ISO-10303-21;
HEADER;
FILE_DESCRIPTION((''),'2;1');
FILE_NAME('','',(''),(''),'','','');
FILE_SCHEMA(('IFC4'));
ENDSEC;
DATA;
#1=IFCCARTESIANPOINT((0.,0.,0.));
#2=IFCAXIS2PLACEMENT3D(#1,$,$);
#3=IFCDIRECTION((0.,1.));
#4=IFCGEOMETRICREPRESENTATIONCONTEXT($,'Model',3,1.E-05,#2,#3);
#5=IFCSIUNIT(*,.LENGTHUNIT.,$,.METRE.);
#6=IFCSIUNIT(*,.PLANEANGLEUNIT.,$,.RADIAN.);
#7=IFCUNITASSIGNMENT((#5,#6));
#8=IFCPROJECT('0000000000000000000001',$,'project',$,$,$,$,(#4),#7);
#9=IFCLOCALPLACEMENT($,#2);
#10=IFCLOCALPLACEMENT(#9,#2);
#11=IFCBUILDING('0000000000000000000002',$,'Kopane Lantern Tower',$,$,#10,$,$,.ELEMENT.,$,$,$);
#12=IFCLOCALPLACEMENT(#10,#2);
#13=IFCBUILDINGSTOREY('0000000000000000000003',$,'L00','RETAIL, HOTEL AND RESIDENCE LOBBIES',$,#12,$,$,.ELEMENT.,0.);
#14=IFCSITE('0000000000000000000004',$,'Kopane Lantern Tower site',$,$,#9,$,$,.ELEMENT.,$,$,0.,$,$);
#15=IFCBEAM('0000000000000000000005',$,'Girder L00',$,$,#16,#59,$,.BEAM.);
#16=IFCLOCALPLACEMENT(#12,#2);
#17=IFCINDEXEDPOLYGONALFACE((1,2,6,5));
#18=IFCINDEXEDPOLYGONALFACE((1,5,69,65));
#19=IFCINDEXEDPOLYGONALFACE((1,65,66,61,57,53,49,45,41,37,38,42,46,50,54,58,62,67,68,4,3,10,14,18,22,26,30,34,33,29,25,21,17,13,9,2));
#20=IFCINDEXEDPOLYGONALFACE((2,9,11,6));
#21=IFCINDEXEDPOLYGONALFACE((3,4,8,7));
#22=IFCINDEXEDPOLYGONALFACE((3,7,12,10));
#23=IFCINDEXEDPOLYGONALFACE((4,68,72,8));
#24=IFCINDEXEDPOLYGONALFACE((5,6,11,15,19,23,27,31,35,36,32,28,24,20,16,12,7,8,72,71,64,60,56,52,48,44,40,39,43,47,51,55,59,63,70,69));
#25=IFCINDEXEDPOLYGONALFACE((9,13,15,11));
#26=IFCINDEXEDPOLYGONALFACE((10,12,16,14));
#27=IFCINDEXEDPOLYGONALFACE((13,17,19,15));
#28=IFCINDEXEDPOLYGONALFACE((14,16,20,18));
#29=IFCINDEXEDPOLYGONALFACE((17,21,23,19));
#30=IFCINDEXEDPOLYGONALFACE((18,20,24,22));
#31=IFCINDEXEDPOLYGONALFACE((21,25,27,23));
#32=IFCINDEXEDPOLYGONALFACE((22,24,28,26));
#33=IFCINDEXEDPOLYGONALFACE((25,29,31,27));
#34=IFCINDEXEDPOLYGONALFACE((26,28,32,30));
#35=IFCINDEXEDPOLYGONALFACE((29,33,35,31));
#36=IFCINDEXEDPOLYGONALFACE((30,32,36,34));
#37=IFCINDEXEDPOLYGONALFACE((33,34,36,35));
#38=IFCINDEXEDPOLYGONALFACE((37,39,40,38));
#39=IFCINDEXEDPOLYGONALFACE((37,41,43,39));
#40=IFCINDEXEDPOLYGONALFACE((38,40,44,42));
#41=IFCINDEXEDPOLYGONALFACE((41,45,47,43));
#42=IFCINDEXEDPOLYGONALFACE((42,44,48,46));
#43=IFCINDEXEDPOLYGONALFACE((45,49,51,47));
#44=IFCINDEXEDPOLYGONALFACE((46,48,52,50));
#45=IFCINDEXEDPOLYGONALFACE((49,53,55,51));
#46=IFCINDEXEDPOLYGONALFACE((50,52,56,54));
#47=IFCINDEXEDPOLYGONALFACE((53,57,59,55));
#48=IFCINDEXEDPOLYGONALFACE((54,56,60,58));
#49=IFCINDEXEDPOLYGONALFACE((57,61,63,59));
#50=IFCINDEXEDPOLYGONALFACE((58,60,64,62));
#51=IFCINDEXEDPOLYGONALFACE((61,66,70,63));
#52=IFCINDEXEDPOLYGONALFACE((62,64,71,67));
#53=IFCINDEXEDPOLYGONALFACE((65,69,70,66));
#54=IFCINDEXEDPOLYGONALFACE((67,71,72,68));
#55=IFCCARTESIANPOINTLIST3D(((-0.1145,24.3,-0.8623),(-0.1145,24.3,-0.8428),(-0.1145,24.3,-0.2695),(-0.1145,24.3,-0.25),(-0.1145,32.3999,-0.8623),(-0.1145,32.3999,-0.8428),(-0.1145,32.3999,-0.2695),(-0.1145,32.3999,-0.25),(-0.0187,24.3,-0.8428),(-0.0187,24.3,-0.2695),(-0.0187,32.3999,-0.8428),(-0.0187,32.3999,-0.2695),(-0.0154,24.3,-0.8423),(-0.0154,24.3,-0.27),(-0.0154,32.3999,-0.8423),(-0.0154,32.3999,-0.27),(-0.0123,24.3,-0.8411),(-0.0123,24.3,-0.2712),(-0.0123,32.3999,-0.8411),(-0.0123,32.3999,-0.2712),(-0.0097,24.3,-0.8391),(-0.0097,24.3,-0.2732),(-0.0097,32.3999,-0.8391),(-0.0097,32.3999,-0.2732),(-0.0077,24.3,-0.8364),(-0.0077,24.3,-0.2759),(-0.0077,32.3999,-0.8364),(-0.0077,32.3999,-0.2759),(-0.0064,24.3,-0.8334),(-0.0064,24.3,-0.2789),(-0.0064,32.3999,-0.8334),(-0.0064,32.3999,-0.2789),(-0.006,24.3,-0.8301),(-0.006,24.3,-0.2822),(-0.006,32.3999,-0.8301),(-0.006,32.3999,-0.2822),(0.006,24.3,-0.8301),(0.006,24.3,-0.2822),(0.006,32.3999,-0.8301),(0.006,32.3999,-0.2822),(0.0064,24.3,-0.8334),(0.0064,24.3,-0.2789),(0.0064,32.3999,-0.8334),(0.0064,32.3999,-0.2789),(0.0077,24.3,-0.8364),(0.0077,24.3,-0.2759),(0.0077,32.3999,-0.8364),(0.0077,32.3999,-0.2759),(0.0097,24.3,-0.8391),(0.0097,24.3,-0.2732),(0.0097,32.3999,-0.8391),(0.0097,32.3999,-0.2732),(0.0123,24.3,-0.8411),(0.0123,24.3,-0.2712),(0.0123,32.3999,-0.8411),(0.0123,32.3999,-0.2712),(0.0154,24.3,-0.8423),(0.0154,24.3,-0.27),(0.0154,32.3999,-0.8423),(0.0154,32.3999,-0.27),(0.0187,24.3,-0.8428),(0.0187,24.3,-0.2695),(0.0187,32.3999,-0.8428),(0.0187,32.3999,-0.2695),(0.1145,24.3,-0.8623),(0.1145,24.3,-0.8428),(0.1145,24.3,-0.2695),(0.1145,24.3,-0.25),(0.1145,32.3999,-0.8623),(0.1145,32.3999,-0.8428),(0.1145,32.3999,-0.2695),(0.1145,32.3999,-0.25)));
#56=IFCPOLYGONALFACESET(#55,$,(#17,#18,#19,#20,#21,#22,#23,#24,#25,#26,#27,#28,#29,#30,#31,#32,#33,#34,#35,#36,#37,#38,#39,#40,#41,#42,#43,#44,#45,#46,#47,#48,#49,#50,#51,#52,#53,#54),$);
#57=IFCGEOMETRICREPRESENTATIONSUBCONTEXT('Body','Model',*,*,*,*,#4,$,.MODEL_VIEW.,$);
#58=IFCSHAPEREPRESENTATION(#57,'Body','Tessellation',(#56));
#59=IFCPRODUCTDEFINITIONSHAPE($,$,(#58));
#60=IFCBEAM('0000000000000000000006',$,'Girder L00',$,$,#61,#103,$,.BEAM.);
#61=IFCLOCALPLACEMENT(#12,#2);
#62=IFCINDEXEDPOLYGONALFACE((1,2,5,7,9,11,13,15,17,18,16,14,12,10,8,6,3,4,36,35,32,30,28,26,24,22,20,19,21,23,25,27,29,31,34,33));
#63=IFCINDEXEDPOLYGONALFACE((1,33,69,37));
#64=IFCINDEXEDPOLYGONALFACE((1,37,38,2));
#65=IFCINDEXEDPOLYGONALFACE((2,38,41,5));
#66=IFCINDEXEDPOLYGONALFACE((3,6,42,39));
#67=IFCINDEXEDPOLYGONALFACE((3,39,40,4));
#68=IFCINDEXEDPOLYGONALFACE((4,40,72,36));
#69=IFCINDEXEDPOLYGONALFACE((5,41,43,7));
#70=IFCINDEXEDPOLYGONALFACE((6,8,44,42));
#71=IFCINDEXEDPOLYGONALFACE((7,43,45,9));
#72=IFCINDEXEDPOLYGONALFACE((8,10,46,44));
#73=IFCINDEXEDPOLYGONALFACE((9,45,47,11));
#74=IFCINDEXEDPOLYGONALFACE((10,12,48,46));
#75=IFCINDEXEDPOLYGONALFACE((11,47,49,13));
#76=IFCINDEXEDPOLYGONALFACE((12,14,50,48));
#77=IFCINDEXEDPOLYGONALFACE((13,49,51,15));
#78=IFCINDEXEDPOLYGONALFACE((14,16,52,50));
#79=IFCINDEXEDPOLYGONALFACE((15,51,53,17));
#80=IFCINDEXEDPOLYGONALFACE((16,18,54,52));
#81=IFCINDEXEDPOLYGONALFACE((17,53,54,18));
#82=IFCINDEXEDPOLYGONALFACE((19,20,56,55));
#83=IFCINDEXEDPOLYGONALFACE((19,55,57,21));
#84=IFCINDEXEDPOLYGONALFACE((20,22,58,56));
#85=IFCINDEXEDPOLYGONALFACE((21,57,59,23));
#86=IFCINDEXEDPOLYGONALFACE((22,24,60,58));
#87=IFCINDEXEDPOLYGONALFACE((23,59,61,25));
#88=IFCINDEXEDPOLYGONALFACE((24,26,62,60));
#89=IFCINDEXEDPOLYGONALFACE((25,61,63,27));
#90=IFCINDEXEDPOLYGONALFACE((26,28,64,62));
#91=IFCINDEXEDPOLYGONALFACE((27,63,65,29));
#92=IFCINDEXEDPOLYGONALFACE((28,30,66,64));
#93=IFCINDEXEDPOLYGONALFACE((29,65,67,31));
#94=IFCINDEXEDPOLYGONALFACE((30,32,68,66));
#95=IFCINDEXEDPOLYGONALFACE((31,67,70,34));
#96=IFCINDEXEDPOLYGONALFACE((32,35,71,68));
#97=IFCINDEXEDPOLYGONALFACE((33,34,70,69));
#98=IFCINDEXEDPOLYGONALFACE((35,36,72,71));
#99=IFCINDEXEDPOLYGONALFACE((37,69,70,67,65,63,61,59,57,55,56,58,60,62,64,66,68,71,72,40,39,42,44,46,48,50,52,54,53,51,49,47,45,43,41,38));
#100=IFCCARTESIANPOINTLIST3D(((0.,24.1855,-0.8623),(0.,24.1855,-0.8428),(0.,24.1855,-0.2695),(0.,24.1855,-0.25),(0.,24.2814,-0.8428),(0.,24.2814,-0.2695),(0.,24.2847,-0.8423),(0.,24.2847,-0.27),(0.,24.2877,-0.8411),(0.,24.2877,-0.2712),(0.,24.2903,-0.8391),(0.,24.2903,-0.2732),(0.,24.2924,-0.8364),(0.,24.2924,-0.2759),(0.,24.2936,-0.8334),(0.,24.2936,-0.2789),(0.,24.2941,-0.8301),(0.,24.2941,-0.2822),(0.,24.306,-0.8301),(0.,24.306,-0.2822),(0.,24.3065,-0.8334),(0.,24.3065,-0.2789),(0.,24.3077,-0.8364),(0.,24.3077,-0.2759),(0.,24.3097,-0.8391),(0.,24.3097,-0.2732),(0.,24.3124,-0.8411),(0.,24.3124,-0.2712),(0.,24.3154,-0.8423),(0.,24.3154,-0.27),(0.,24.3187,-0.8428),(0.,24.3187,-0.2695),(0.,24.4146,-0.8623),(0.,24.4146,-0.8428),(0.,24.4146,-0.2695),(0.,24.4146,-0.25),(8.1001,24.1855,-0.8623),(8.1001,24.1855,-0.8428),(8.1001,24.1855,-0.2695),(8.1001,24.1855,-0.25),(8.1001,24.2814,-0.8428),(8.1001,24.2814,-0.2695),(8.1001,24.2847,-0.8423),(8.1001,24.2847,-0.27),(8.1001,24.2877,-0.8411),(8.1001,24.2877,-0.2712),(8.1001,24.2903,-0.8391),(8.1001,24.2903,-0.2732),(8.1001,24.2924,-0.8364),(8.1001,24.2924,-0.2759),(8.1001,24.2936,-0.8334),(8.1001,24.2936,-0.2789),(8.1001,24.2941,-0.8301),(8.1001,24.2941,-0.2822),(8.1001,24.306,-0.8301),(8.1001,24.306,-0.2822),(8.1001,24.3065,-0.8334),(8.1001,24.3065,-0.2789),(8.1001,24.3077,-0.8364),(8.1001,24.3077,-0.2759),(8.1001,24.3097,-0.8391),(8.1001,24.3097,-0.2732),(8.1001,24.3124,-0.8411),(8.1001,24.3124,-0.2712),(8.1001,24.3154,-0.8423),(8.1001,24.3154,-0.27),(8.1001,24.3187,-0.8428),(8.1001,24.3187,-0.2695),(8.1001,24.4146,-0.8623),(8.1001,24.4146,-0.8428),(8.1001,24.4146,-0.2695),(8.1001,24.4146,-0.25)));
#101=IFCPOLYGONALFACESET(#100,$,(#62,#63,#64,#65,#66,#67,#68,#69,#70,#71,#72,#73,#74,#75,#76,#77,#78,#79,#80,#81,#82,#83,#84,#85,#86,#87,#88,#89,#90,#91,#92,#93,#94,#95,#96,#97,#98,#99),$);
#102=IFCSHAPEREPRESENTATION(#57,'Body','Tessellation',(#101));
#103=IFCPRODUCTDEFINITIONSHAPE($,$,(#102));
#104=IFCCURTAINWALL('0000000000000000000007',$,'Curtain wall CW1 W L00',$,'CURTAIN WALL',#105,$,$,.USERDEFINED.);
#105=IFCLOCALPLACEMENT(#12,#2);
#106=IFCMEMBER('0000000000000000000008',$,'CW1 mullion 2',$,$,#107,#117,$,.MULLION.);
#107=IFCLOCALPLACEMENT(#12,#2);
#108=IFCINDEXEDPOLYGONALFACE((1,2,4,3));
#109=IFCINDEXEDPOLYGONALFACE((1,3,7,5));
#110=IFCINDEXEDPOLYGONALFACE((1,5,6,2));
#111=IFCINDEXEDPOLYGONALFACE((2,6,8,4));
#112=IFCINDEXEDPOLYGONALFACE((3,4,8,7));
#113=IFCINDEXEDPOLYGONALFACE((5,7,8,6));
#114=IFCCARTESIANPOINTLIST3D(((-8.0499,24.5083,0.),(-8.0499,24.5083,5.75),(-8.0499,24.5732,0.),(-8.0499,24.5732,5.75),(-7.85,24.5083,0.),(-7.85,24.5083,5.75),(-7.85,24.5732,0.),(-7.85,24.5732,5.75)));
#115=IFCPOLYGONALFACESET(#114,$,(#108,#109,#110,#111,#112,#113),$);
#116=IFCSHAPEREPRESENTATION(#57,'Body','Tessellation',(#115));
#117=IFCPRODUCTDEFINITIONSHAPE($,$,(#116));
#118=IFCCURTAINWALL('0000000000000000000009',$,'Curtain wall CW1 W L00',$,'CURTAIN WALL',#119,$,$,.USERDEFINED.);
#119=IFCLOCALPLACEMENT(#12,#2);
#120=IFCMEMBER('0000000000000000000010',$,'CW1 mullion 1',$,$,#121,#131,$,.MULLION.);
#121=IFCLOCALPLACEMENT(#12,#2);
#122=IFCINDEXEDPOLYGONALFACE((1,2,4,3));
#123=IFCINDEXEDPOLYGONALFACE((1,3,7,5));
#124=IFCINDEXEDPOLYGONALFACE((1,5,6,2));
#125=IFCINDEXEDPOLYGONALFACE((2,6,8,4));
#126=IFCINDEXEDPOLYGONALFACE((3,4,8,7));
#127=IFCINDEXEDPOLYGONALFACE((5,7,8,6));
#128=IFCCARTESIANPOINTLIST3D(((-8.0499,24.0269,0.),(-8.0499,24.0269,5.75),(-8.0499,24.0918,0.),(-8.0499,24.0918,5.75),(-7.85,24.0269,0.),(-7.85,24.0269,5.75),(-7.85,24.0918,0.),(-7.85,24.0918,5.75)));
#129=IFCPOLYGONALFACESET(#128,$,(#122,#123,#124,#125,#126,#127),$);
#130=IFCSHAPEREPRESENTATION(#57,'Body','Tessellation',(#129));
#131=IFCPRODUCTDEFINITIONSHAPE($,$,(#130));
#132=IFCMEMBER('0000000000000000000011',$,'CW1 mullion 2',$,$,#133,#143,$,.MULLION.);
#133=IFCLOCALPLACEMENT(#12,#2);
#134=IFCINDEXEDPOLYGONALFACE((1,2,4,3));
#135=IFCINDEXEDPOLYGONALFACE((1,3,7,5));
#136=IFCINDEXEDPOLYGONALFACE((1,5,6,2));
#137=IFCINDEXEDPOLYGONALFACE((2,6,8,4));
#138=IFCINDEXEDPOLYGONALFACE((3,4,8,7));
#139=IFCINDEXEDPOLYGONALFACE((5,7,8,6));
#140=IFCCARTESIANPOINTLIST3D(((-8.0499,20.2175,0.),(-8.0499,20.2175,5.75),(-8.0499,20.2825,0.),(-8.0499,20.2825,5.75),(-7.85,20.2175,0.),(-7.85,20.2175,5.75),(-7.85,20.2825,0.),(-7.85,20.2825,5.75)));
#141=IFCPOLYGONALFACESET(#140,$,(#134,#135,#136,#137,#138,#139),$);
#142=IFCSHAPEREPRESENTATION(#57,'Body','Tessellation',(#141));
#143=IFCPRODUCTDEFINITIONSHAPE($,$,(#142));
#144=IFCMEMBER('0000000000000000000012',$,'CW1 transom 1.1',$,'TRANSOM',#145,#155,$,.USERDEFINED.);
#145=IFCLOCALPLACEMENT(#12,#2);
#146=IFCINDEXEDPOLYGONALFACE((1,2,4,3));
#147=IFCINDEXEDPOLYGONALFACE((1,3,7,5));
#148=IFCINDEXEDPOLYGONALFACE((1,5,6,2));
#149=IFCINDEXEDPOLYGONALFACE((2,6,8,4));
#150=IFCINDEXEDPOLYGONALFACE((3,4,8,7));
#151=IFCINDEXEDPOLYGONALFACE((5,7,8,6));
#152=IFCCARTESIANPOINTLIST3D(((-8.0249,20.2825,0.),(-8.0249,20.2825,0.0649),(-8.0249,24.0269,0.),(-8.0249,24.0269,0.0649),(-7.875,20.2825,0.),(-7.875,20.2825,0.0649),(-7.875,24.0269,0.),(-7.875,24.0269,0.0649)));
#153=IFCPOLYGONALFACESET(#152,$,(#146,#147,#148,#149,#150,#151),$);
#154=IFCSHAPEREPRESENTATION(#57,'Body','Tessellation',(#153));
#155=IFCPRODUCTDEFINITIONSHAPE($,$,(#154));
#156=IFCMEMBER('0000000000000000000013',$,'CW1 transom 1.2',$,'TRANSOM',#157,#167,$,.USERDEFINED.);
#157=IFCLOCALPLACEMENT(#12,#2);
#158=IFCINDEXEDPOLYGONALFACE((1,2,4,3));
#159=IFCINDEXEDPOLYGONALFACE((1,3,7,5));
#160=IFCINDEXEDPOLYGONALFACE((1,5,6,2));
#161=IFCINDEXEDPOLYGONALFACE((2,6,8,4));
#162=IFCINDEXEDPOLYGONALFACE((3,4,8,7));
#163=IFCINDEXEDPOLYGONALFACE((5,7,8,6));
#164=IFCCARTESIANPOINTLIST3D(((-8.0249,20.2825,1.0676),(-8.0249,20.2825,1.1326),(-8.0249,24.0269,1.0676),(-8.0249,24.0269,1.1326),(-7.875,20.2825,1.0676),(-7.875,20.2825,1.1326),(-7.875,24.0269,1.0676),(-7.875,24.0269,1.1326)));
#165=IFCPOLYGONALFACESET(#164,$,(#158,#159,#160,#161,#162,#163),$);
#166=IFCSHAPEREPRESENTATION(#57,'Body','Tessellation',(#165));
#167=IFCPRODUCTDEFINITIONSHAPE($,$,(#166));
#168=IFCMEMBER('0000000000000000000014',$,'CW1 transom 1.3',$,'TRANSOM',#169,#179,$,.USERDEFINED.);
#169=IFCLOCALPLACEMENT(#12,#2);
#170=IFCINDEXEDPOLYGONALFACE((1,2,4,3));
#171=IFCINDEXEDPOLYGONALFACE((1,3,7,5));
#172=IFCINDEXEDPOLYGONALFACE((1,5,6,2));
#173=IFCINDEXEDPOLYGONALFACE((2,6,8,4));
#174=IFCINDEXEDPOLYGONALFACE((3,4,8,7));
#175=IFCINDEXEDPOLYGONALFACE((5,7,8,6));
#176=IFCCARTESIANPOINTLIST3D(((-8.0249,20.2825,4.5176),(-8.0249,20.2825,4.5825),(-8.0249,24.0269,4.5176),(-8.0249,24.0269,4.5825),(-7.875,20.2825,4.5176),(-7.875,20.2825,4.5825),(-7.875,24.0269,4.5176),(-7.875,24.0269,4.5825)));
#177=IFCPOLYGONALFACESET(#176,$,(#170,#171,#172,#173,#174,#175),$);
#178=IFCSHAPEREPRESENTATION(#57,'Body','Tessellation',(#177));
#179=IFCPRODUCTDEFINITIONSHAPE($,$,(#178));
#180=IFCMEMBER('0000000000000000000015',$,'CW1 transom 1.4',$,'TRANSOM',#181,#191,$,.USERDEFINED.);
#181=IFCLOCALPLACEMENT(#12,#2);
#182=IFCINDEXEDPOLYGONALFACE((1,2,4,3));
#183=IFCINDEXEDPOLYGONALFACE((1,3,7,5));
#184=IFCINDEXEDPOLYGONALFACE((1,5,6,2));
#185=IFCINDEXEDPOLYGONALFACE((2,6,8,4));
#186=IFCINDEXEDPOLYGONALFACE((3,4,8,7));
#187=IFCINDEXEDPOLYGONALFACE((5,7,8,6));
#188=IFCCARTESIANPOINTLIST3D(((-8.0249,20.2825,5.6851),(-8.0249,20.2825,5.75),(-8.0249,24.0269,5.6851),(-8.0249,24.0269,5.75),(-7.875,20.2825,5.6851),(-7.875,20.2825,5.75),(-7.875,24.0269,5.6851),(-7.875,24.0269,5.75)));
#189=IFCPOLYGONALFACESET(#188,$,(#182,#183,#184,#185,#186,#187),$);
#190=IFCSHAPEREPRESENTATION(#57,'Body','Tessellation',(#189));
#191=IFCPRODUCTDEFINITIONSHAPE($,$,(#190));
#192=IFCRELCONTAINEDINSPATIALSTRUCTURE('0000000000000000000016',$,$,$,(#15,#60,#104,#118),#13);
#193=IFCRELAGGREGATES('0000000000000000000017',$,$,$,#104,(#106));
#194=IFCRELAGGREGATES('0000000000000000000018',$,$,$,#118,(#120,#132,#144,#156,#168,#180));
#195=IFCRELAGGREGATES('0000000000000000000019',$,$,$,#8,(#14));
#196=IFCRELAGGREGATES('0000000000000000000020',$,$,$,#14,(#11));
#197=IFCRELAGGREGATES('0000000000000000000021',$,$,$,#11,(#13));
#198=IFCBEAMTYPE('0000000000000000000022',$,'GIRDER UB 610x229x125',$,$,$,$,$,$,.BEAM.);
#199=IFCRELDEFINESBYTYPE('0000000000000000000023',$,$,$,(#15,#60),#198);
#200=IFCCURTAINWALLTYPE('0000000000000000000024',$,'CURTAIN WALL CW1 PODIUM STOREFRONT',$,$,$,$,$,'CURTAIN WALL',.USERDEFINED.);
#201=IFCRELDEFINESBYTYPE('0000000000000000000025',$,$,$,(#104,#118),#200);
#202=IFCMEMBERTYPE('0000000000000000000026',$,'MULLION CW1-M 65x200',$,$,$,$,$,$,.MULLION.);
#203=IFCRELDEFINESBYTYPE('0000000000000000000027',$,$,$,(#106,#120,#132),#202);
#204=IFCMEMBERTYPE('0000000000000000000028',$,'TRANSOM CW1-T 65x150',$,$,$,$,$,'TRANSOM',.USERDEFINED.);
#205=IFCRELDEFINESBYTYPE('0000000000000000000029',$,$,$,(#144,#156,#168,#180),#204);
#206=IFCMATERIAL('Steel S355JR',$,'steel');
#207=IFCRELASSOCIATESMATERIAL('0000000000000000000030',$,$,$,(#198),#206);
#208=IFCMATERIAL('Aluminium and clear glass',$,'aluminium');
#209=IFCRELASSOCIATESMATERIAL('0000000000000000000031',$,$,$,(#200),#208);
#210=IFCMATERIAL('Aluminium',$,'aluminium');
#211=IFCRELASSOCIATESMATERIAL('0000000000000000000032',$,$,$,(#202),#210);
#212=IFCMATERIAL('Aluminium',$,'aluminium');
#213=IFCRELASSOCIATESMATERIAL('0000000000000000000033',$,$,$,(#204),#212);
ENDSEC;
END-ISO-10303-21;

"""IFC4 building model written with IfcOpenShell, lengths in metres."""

from ifc_helpers import new_model, si_unit, direction, frame, origin, origin_2d, place, context, subcontext, project, spatial, rectangle, i_section, extrude, material, material_profile, profile_set, type_object, element, aggregate, save


model = new_model("IFC4")

# Units and contexts
model_context = context("Model", 3, precision=1e-05, world=origin(), true_north=direction((0.0, 1.0)))
body_context = subcontext(model_context, "Body", "Model", "MODEL_VIEW")
ifc_project = project(units=[si_unit("LENGTHUNIT", "METRE"), si_unit("PLANEANGLEUNIT", "RADIAN")], contexts=[model_context])

# Site, building, storey
site_placement = place(None, origin())
site = spatial("IfcSite", under=ifc_project, at=site_placement, Name="Kopane Lantern Tower site", CompositionType="ELEMENT", RefElevation=0.0)
building_placement = place(site_placement, origin())
building = spatial("IfcBuilding", under=site, at=building_placement, Name="Kopane Lantern Tower", CompositionType="ELEMENT")
storey_placement = place(building_placement, origin())
storey = spatial("IfcBuildingStorey", under=building, at=storey_placement, Name="L00", Description="RETAIL, HOTEL AND RESIDENCE LOBBIES", CompositionType="ELEMENT", Elevation=0.0)

# Beams
ifc_material_1 = material(Name="Steel S355JR", Category="steel")
ifc_material_profile_1 = material_profile(ifc_material_1, i_section(OverallWidth=0.229, OverallDepth=0.6123, WebThickness=0.012, FlangeThickness=0.0195, FilletRadius=0.0127, at=origin_2d()), Name="UB 610x229x125")
ifc_profile_set_1 = profile_set([ifc_material_profile_1], Name="Steel S355JR")
beam_type = type_object("IfcBeamType", Name="GIRDER UB 610x229x125", PredefinedType="BEAM", material=ifc_profile_set_1)
beam_1_placement = place(storey_placement, frame((0.0, 24.3, -0.5562), z_axis=(0.0, 1.0, 0.0), x_axis=(-1.0, 0.0, 0.0)))
element("IfcBeam", 1, at=beam_1_placement, inside=storey, type_object=beam_type, Name="Girder L00", PredefinedType="BEAM", context=body_context, shape_type="SweptSolid", body=[
    extrude(i_section(OverallWidth=0.229, OverallDepth=0.6123, WebThickness=0.012, FlangeThickness=0.0195, FilletRadius=0.0127, at=origin_2d()), origin(), (0.0, 0.0, 1.0), 8.0999),
])
beam_2_placement = place(storey_placement, frame((0.0, 24.3, -0.5562), z_axis=(1.0, 0.0, 0.0), x_axis=(0.0, 1.0, 0.0)))
element("IfcBeam", 2, at=beam_2_placement, inside=storey, type_object=beam_type, Name="Girder L00", PredefinedType="BEAM", context=body_context, shape_type="SweptSolid", body=[
    extrude(i_section(OverallWidth=0.229, OverallDepth=0.6123, WebThickness=0.012, FlangeThickness=0.0195, FilletRadius=0.0127, at=origin_2d()), origin(), (0.0, 0.0, 1.0), 8.1001),
])

# Curtain wall, member
ifc_material_2 = material(Name="Aluminium and clear glass", Category="aluminium")
curtain_wall_type = type_object("IfcCurtainWallType", Name="CURTAIN WALL CW1 PODIUM STOREFRONT", ElementType="CURTAIN WALL", PredefinedType="USERDEFINED", material=ifc_material_2)
curtain_wall_1_placement = place(storey_placement, origin())
curtain_wall_1 = element("IfcCurtainWall", 3, at=curtain_wall_1_placement, inside=storey, type_object=curtain_wall_type, Name="Curtain wall CW1 W L00", ObjectType="CURTAIN WALL", PredefinedType="USERDEFINED")
ifc_material_3 = material(Name="Aluminium", Category="aluminium")
ifc_material_profile_2 = material_profile(ifc_material_3, rectangle(XDim=0.0649, YDim=0.2, at=origin_2d()), Name="AL 65x200")
ifc_profile_set_2 = profile_set([ifc_material_profile_2], Name="Aluminium")
member_type_1 = type_object("IfcMemberType", Name="MULLION CW1-M 65x200", PredefinedType="MULLION", material=ifc_profile_set_2)
member_1_placement = place(storey_placement, frame((-7.95, 24.5408, 0.0), z_axis=(0.0, 0.0, 1.0), x_axis=(0.0, -1.0, 0.0)))
member_1 = element("IfcMember", 4, at=member_1_placement, type_object=member_type_1, Name="CW1 mullion 2", PredefinedType="MULLION", context=body_context, shape_type="SweptSolid", body=[
    extrude(rectangle(XDim=0.0649, YDim=0.2, at=origin_2d()), origin(), (0.0, 0.0, 1.0), 5.75),
])
aggregate(curtain_wall_1, [member_1])

# Curtain wall, members
curtain_wall_2_placement = place(storey_placement, origin())
curtain_wall_2 = element("IfcCurtainWall", 5, at=curtain_wall_2_placement, inside=storey, type_object=curtain_wall_type, Name="Curtain wall CW1 W L00", ObjectType="CURTAIN WALL", PredefinedType="USERDEFINED")
member_2_placement = place(storey_placement, frame((-7.95, 24.0593, 0.0), z_axis=(0.0, 0.0, 1.0), x_axis=(0.0, -1.0, 0.0)))
member_2 = element("IfcMember", 6, at=member_2_placement, type_object=member_type_1, Name="CW1 mullion 1", PredefinedType="MULLION", context=body_context, shape_type="SweptSolid", body=[
    extrude(rectangle(XDim=0.0649, YDim=0.2, at=origin_2d()), origin(), (0.0, 0.0, 1.0), 5.75),
])
member_3_placement = place(storey_placement, frame((-7.95, 20.25, 0.0), z_axis=(0.0, 0.0, 1.0), x_axis=(0.0, -1.0, 0.0)))
member_3 = element("IfcMember", 7, at=member_3_placement, type_object=member_type_1, Name="CW1 mullion 2", PredefinedType="MULLION", context=body_context, shape_type="SweptSolid", body=[
    extrude(rectangle(XDim=0.0649, YDim=0.2, at=origin_2d()), origin(), (0.0, 0.0, 1.0), 5.75),
])
ifc_material_4 = material(Name="Aluminium", Category="aluminium")
ifc_material_profile_3 = material_profile(ifc_material_4, rectangle(XDim=0.1499, YDim=0.0649, at=origin_2d()), Name="AL 150x65")
ifc_profile_set_3 = profile_set([ifc_material_profile_3], Name="Aluminium")
member_type_2 = type_object("IfcMemberType", Name="TRANSOM CW1-T 65x150", ElementType="TRANSOM", PredefinedType="USERDEFINED", material=ifc_profile_set_3)
member_4_placement = place(storey_placement, frame((-7.95, 24.0269, 0.0325), z_axis=(0.0, -1.0, 0.0), x_axis=(1.0, 0.0, 0.0)))
member_4 = element("IfcMember", 8, at=member_4_placement, type_object=member_type_2, Name="CW1 transom 1.1", ObjectType="TRANSOM", PredefinedType="USERDEFINED", context=body_context, shape_type="SweptSolid", body=[
    extrude(rectangle(XDim=0.1499, YDim=0.0649, at=origin_2d()), origin(), (0.0, 0.0, 1.0), 3.7444),
])
member_5_placement = place(storey_placement, frame((-7.95, 24.0269, 1.1001), z_axis=(0.0, -1.0, 0.0), x_axis=(1.0, 0.0, 0.0)))
member_5 = element("IfcMember", 9, at=member_5_placement, type_object=member_type_2, Name="CW1 transom 1.2", ObjectType="TRANSOM", PredefinedType="USERDEFINED", context=body_context, shape_type="SweptSolid", body=[
    extrude(rectangle(XDim=0.1499, YDim=0.0649, at=origin_2d()), origin(), (0.0, 0.0, 1.0), 3.7444),
])
member_6_placement = place(storey_placement, frame((-7.95, 24.0269, 4.55), z_axis=(0.0, -1.0, 0.0), x_axis=(1.0, 0.0, 0.0)))
member_6 = element("IfcMember", 10, at=member_6_placement, type_object=member_type_2, Name="CW1 transom 1.3", ObjectType="TRANSOM", PredefinedType="USERDEFINED", context=body_context, shape_type="SweptSolid", body=[
    extrude(rectangle(XDim=0.1499, YDim=0.0649, at=origin_2d()), origin(), (0.0, 0.0, 1.0), 3.7444),
])
member_7_placement = place(storey_placement, frame((-7.95, 24.0269, 5.7175), z_axis=(0.0, -1.0, 0.0), x_axis=(1.0, 0.0, 0.0)))
member_7 = element("IfcMember", 11, at=member_7_placement, type_object=member_type_2, Name="CW1 transom 1.4", ObjectType="TRANSOM", PredefinedType="USERDEFINED", context=body_context, shape_type="SweptSolid", body=[
    extrude(rectangle(XDim=0.1499, YDim=0.0649, at=origin_2d()), origin(), (0.0, 0.0, 1.0), 3.7444),
])
aggregate(curtain_wall_2, [member_2, member_3, member_4, member_5, member_6, member_7])

save(model, "model.ifc")
